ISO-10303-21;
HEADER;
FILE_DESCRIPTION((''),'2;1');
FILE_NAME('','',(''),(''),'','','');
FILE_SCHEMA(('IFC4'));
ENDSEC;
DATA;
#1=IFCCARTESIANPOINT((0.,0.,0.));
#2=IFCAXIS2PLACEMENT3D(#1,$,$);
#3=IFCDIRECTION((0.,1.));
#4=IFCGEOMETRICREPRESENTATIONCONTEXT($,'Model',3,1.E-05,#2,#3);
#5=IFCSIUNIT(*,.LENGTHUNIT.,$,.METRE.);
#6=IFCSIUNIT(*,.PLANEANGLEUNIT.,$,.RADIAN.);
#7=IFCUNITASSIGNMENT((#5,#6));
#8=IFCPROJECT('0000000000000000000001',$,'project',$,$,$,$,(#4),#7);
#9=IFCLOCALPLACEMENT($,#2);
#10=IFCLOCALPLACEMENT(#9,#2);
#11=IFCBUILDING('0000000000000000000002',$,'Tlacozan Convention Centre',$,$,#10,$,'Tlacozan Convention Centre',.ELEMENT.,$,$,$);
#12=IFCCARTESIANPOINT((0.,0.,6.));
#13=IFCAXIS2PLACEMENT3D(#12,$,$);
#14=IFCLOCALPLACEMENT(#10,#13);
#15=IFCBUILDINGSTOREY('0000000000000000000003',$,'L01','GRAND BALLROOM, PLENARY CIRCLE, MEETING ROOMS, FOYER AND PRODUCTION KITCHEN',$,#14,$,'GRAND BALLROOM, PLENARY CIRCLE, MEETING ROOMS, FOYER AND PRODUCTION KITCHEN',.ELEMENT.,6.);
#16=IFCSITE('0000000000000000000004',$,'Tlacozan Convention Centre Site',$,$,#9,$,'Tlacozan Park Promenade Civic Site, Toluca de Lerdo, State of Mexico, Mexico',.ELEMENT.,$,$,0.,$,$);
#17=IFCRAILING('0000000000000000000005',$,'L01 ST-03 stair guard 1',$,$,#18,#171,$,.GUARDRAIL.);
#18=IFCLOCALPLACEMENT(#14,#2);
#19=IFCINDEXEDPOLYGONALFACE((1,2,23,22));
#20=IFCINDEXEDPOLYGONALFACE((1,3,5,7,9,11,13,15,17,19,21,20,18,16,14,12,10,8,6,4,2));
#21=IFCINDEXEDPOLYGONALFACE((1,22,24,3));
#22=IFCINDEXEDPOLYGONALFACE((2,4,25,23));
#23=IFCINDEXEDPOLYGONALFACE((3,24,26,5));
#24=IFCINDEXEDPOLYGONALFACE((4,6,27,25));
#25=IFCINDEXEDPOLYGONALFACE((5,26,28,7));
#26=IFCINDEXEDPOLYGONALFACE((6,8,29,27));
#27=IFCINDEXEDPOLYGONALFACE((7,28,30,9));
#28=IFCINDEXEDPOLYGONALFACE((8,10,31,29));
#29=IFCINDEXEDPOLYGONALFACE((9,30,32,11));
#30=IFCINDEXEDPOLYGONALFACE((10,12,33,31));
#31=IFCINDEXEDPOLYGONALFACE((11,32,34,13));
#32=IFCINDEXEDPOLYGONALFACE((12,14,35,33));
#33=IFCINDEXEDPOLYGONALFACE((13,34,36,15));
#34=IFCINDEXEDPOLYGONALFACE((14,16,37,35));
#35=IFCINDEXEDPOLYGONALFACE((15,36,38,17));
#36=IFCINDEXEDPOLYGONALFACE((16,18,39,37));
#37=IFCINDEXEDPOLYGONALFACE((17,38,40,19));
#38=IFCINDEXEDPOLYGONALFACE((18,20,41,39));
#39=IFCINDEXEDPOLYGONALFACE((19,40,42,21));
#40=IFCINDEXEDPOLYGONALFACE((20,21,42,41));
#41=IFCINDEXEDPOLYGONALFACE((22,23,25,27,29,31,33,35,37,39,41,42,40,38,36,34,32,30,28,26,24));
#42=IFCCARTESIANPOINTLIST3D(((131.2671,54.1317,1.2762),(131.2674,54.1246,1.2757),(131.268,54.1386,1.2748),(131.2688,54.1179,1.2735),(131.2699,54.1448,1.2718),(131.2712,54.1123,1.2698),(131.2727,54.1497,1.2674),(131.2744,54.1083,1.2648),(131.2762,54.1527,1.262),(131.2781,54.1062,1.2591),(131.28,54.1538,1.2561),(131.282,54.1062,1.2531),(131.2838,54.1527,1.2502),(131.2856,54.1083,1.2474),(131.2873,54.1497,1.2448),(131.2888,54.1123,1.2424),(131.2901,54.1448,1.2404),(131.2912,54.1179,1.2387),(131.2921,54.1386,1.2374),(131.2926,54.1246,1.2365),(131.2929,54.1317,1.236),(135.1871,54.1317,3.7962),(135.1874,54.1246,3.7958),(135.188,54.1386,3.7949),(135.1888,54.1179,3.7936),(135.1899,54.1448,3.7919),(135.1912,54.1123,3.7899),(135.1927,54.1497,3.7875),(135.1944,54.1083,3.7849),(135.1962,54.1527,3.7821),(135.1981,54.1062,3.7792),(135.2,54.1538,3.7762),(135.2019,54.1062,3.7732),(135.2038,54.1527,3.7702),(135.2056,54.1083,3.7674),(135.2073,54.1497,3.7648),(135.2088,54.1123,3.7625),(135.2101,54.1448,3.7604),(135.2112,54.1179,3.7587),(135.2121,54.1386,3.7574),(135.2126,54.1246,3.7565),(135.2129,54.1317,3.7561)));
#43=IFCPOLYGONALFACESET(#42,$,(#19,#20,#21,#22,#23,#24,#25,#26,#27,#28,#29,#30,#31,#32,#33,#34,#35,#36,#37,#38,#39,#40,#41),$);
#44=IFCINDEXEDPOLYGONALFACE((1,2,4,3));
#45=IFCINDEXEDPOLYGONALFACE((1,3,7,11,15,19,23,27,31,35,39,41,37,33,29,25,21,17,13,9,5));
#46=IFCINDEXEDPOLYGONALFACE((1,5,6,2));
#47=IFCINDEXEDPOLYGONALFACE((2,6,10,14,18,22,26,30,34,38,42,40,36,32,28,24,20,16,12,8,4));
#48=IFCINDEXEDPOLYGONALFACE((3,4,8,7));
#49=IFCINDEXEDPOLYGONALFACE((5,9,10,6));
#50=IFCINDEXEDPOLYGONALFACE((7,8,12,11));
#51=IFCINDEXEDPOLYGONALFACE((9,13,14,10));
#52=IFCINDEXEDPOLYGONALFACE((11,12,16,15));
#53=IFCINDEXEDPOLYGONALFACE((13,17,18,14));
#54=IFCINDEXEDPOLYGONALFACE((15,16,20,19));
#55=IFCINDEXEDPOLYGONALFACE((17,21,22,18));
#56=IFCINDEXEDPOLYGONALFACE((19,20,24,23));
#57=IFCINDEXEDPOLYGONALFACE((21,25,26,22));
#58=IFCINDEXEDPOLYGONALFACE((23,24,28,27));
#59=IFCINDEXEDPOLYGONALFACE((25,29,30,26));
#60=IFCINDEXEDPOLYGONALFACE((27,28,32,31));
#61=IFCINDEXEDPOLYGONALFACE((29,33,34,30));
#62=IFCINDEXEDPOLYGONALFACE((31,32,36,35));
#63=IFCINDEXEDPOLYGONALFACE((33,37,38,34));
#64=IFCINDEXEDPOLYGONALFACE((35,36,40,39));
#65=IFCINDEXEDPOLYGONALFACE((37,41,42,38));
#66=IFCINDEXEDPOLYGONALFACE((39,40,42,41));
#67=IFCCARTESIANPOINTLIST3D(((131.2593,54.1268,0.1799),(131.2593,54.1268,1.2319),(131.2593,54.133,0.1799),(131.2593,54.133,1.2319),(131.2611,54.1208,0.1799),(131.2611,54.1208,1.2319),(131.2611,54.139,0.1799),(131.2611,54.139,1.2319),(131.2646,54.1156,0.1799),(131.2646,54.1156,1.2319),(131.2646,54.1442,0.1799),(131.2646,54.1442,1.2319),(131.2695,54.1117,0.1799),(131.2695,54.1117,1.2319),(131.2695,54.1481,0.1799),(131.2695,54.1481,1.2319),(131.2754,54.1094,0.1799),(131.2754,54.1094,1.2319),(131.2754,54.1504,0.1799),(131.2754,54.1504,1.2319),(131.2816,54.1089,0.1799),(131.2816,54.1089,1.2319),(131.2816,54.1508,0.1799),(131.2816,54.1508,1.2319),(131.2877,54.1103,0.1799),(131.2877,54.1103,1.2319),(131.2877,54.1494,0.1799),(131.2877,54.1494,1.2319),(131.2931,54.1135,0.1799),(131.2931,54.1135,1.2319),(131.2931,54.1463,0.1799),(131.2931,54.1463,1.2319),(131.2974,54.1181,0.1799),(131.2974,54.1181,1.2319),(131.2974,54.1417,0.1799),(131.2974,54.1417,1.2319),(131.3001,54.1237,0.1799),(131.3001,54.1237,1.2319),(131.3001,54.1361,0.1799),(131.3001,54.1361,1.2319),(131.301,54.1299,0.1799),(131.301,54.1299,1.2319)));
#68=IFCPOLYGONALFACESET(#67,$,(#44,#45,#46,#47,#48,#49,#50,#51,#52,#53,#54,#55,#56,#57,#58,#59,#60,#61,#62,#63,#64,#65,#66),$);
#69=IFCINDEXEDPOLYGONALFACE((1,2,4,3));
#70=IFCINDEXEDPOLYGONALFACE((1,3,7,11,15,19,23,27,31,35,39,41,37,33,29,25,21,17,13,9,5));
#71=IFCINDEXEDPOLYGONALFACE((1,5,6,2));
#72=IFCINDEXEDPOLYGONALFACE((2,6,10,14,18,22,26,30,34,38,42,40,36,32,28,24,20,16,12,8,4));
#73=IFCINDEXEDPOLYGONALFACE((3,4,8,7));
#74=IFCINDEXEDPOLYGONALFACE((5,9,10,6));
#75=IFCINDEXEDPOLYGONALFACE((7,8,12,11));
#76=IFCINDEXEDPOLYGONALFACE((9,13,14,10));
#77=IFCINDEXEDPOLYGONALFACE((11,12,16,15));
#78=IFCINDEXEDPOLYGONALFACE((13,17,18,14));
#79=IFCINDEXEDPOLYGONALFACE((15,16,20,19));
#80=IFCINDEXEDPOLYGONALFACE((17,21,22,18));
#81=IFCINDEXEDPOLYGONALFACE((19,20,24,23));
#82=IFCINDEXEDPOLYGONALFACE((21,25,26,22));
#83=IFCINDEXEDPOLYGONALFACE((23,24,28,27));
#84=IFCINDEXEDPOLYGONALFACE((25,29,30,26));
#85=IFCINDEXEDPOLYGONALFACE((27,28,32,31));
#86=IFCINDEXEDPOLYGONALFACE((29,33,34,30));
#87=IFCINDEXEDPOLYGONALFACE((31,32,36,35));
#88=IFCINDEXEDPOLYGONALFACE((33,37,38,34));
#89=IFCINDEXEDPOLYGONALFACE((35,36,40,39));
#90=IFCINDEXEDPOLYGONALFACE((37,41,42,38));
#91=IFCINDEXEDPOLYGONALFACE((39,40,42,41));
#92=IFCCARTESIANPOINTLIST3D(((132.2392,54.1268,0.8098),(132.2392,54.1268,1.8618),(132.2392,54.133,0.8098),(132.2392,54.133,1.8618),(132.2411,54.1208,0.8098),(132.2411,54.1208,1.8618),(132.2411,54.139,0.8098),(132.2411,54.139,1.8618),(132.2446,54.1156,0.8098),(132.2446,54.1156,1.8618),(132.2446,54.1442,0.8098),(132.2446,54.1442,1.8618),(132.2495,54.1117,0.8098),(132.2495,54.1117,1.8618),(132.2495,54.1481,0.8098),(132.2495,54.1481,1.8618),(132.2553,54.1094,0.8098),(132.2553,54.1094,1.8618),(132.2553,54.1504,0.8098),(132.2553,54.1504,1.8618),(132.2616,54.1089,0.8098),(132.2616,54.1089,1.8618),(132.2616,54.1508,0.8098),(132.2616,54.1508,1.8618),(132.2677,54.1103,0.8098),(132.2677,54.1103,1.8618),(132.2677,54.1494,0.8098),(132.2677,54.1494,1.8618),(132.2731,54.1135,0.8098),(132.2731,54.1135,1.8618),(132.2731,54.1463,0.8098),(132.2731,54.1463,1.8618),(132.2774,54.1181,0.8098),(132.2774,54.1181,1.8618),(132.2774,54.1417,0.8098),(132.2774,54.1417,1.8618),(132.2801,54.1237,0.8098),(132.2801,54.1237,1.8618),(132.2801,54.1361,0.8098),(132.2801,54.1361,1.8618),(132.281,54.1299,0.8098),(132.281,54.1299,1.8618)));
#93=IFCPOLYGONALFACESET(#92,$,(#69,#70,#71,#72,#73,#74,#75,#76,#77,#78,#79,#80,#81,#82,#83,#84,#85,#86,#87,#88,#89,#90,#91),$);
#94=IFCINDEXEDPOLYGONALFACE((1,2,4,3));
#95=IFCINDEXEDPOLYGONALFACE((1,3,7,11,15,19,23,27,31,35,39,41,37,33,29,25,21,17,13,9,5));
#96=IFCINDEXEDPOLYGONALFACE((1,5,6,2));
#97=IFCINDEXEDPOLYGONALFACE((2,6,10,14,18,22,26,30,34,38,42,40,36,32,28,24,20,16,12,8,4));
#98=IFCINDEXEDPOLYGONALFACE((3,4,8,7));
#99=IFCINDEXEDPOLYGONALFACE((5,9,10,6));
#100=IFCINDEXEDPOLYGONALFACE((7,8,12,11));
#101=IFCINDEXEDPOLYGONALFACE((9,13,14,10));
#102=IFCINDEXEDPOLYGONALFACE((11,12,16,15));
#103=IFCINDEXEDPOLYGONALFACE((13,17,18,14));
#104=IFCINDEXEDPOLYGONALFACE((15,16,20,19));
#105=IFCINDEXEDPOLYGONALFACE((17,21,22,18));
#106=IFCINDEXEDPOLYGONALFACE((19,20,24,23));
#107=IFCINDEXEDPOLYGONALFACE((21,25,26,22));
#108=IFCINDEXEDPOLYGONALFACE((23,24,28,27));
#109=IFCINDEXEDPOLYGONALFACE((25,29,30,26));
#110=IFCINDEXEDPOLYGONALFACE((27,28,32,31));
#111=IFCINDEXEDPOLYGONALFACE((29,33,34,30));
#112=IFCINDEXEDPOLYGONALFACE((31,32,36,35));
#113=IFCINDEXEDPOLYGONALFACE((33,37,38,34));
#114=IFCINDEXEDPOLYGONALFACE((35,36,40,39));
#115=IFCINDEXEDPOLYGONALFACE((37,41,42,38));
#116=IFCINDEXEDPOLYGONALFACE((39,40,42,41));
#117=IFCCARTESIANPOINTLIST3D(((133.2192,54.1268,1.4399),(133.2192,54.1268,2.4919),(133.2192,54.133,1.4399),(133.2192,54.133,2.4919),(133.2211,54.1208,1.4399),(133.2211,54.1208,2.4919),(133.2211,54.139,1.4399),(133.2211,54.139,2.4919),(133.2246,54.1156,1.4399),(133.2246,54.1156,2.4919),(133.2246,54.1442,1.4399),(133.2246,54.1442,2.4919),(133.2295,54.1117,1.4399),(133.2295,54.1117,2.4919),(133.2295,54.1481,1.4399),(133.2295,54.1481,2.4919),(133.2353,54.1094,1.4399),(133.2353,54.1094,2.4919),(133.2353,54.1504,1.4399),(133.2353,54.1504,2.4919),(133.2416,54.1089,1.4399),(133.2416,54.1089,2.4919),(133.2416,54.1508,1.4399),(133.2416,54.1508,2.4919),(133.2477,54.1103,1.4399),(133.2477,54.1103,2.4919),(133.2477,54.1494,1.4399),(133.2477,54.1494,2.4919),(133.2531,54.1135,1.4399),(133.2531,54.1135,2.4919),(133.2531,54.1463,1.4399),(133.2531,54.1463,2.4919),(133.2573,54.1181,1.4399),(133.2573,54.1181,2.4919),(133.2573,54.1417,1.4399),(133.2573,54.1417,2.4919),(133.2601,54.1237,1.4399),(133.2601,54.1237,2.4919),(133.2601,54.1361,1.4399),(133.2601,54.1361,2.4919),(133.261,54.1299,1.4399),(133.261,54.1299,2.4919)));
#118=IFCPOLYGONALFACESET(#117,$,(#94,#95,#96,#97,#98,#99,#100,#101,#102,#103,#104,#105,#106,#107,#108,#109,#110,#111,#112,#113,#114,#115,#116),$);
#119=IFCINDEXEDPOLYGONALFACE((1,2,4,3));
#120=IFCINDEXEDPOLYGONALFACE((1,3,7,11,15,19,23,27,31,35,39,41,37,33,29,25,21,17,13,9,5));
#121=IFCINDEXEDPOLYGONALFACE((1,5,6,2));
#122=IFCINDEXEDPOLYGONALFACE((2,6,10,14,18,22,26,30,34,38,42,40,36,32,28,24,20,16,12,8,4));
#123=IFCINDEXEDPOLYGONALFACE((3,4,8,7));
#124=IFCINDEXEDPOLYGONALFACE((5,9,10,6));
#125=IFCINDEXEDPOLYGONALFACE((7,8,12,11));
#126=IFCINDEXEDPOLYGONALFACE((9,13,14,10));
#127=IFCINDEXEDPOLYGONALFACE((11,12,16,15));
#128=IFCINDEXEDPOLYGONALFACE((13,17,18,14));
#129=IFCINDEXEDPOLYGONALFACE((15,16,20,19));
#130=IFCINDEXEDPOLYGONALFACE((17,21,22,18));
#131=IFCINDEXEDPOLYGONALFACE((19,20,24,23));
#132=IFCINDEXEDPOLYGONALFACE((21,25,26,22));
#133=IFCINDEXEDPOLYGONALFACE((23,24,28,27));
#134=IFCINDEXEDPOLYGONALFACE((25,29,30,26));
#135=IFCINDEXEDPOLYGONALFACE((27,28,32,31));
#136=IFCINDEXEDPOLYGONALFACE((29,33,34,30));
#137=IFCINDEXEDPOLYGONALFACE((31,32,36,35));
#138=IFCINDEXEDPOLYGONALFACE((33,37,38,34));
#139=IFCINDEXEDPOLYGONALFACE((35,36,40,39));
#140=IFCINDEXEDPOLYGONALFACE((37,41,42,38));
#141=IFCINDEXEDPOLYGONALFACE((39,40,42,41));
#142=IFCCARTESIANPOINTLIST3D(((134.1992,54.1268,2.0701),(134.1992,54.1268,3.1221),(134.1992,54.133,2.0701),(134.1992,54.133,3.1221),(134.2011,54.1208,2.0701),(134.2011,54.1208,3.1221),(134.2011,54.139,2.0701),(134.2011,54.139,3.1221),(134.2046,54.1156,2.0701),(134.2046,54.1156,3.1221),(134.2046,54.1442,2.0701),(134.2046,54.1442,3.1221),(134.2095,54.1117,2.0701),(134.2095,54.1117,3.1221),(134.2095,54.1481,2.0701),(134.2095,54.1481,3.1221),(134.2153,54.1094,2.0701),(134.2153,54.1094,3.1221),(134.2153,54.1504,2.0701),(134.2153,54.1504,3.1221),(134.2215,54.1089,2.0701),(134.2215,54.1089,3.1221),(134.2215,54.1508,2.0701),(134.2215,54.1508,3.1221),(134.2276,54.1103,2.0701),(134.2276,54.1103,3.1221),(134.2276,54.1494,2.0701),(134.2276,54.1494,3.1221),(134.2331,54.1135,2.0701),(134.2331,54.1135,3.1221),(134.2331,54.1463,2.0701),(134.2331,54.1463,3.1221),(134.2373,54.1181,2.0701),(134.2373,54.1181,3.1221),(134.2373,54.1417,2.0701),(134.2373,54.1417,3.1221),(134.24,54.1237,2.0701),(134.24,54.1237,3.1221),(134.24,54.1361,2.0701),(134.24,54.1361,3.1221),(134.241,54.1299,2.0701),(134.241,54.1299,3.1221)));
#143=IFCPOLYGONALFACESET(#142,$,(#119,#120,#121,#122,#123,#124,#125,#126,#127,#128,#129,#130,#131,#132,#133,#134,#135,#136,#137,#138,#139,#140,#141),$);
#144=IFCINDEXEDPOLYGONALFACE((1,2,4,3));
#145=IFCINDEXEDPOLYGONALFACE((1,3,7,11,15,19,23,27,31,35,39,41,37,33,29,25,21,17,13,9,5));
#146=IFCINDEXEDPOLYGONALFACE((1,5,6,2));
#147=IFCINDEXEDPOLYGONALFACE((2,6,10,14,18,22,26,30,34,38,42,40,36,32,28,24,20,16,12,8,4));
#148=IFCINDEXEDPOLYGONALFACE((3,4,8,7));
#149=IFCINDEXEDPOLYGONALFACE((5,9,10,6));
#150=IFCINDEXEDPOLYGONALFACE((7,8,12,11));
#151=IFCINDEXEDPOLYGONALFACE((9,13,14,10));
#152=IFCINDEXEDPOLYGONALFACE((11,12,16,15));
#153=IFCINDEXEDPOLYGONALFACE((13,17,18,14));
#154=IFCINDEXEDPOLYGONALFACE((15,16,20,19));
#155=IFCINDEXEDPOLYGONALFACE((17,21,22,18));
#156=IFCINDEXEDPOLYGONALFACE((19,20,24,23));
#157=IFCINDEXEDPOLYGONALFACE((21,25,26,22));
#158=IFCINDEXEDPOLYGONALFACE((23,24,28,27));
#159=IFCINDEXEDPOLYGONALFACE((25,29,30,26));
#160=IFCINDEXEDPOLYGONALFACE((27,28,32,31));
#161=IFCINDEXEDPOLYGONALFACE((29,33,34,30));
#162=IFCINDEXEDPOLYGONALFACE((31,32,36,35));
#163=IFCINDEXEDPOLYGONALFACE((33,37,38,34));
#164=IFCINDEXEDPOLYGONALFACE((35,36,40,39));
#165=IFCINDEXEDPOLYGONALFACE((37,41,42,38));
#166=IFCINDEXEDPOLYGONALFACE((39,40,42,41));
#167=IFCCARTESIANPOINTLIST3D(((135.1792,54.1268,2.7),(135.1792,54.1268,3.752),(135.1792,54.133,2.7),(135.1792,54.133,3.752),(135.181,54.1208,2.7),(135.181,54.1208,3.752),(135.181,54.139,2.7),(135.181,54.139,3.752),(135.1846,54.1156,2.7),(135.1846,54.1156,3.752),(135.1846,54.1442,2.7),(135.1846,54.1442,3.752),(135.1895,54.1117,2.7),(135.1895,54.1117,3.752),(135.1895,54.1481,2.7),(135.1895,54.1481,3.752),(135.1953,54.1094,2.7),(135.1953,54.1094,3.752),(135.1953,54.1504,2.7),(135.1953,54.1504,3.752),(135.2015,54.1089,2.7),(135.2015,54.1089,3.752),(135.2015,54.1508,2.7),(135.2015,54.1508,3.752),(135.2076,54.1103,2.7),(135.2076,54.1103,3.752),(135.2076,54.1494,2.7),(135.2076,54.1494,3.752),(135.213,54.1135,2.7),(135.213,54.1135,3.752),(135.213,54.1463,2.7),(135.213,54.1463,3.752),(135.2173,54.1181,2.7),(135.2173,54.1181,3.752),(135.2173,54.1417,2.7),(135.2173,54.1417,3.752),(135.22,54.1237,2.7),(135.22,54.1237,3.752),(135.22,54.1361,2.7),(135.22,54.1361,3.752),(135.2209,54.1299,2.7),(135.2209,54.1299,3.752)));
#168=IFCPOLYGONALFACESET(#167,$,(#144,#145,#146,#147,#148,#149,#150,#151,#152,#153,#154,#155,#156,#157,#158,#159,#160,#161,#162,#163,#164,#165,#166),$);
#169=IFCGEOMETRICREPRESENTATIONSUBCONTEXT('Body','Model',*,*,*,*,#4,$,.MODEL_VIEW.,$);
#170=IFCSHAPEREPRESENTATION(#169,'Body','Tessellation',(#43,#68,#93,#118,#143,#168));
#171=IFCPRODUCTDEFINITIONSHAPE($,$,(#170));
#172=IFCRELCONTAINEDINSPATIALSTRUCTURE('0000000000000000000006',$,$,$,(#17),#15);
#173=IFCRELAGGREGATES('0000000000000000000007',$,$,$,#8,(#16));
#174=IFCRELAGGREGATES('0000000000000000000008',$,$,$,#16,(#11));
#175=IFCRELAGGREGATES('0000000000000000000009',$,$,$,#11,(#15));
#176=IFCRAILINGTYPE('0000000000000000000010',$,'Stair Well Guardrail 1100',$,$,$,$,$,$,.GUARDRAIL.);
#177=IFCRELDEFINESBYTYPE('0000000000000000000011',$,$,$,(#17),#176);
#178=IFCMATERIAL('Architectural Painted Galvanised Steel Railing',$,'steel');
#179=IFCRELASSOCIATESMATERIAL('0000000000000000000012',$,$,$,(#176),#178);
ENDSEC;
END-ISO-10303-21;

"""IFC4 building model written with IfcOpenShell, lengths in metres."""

from ifc_helpers import new_model, si_unit, direction, frame, origin, origin_2d, place, context, subcontext, project, spatial, circle, extrude, material, type_object, element, save


model = new_model("IFC4")

# Units and contexts
model_context = context("Model", 3, precision=1e-05, world=origin(), true_north=direction((0.0, 1.0)))
body_context = subcontext(model_context, "Body", "Model", "MODEL_VIEW")
ifc_project = project(units=[si_unit("LENGTHUNIT", "METRE"), si_unit("PLANEANGLEUNIT", "RADIAN")], contexts=[model_context])

# Site, building, storey
site_placement = place(None, origin())
site = spatial("IfcSite", under=ifc_project, at=site_placement, Name="Tlacozan Convention Centre Site", LongName="Tlacozan Park Promenade Civic Site, Toluca de Lerdo, State of Mexico, Mexico", CompositionType="ELEMENT", RefElevation=0.0)
building_placement = place(site_placement, origin())
building = spatial("IfcBuilding", under=site, at=building_placement, Name="Tlacozan Convention Centre", LongName="Tlacozan Convention Centre", CompositionType="ELEMENT")
storey_placement = place(building_placement, frame((0.0, 0.0, 6.0)))
storey = spatial("IfcBuildingStorey", under=building, at=storey_placement, Name="L01", Description="GRAND BALLROOM, PLENARY CIRCLE, MEETING ROOMS, FOYER AND PRODUCTION KITCHEN", LongName="GRAND BALLROOM, PLENARY CIRCLE, MEETING ROOMS, FOYER AND PRODUCTION KITCHEN", CompositionType="ELEMENT", Elevation=6.0)

# Railing
ifc_material_1 = material(Name="Architectural Painted Galvanised Steel Railing", Category="steel")
railing_type_1 = type_object("IfcRailingType", Name="Stair Well Guardrail 1100", PredefinedType="GUARDRAIL", material=ifc_material_1)
railing_1_placement = place(storey_placement, frame((131.28, 54.1299, 0.1799)))
element("IfcRailing", 1, at=railing_1_placement, inside=storey, type_object=railing_type_1, Name="L01 ST-03 stair guard 1", PredefinedType="GUARDRAIL", context=body_context, shape_type="SweptSolid", body=[
    extrude(circle(Radius=0.0239, at=origin_2d()), frame((0.0, 0.0, 1.0762), z_axis=(0.841172, 0.0, 0.540768), x_axis=(0.0, 1.0, 0.0)), (0.0, 0.0, 1.0), 4.6602),
    extrude(circle(Radius=0.021, at=origin_2d()), origin(), (0.0, 0.0, 1.0), 1.052),
    extrude(circle(Radius=0.021, at=origin_2d()), frame((0.98, 0.0, 0.6299)), (0.0, 0.0, 1.0), 1.052),
    extrude(circle(Radius=0.021, at=origin_2d()), frame((1.96, 0.0, 1.26)), (0.0, 0.0, 1.0), 1.052),
    extrude(circle(Radius=0.021, at=origin_2d()), frame((2.9399, 0.0, 1.8901)), (0.0, 0.0, 1.0), 1.052),
    extrude(circle(Radius=0.021, at=origin_2d()), frame((3.9199, 0.0, 2.52)), (0.0, 0.0, 1.0), 1.052),
])

save(model, "model.ifc")
